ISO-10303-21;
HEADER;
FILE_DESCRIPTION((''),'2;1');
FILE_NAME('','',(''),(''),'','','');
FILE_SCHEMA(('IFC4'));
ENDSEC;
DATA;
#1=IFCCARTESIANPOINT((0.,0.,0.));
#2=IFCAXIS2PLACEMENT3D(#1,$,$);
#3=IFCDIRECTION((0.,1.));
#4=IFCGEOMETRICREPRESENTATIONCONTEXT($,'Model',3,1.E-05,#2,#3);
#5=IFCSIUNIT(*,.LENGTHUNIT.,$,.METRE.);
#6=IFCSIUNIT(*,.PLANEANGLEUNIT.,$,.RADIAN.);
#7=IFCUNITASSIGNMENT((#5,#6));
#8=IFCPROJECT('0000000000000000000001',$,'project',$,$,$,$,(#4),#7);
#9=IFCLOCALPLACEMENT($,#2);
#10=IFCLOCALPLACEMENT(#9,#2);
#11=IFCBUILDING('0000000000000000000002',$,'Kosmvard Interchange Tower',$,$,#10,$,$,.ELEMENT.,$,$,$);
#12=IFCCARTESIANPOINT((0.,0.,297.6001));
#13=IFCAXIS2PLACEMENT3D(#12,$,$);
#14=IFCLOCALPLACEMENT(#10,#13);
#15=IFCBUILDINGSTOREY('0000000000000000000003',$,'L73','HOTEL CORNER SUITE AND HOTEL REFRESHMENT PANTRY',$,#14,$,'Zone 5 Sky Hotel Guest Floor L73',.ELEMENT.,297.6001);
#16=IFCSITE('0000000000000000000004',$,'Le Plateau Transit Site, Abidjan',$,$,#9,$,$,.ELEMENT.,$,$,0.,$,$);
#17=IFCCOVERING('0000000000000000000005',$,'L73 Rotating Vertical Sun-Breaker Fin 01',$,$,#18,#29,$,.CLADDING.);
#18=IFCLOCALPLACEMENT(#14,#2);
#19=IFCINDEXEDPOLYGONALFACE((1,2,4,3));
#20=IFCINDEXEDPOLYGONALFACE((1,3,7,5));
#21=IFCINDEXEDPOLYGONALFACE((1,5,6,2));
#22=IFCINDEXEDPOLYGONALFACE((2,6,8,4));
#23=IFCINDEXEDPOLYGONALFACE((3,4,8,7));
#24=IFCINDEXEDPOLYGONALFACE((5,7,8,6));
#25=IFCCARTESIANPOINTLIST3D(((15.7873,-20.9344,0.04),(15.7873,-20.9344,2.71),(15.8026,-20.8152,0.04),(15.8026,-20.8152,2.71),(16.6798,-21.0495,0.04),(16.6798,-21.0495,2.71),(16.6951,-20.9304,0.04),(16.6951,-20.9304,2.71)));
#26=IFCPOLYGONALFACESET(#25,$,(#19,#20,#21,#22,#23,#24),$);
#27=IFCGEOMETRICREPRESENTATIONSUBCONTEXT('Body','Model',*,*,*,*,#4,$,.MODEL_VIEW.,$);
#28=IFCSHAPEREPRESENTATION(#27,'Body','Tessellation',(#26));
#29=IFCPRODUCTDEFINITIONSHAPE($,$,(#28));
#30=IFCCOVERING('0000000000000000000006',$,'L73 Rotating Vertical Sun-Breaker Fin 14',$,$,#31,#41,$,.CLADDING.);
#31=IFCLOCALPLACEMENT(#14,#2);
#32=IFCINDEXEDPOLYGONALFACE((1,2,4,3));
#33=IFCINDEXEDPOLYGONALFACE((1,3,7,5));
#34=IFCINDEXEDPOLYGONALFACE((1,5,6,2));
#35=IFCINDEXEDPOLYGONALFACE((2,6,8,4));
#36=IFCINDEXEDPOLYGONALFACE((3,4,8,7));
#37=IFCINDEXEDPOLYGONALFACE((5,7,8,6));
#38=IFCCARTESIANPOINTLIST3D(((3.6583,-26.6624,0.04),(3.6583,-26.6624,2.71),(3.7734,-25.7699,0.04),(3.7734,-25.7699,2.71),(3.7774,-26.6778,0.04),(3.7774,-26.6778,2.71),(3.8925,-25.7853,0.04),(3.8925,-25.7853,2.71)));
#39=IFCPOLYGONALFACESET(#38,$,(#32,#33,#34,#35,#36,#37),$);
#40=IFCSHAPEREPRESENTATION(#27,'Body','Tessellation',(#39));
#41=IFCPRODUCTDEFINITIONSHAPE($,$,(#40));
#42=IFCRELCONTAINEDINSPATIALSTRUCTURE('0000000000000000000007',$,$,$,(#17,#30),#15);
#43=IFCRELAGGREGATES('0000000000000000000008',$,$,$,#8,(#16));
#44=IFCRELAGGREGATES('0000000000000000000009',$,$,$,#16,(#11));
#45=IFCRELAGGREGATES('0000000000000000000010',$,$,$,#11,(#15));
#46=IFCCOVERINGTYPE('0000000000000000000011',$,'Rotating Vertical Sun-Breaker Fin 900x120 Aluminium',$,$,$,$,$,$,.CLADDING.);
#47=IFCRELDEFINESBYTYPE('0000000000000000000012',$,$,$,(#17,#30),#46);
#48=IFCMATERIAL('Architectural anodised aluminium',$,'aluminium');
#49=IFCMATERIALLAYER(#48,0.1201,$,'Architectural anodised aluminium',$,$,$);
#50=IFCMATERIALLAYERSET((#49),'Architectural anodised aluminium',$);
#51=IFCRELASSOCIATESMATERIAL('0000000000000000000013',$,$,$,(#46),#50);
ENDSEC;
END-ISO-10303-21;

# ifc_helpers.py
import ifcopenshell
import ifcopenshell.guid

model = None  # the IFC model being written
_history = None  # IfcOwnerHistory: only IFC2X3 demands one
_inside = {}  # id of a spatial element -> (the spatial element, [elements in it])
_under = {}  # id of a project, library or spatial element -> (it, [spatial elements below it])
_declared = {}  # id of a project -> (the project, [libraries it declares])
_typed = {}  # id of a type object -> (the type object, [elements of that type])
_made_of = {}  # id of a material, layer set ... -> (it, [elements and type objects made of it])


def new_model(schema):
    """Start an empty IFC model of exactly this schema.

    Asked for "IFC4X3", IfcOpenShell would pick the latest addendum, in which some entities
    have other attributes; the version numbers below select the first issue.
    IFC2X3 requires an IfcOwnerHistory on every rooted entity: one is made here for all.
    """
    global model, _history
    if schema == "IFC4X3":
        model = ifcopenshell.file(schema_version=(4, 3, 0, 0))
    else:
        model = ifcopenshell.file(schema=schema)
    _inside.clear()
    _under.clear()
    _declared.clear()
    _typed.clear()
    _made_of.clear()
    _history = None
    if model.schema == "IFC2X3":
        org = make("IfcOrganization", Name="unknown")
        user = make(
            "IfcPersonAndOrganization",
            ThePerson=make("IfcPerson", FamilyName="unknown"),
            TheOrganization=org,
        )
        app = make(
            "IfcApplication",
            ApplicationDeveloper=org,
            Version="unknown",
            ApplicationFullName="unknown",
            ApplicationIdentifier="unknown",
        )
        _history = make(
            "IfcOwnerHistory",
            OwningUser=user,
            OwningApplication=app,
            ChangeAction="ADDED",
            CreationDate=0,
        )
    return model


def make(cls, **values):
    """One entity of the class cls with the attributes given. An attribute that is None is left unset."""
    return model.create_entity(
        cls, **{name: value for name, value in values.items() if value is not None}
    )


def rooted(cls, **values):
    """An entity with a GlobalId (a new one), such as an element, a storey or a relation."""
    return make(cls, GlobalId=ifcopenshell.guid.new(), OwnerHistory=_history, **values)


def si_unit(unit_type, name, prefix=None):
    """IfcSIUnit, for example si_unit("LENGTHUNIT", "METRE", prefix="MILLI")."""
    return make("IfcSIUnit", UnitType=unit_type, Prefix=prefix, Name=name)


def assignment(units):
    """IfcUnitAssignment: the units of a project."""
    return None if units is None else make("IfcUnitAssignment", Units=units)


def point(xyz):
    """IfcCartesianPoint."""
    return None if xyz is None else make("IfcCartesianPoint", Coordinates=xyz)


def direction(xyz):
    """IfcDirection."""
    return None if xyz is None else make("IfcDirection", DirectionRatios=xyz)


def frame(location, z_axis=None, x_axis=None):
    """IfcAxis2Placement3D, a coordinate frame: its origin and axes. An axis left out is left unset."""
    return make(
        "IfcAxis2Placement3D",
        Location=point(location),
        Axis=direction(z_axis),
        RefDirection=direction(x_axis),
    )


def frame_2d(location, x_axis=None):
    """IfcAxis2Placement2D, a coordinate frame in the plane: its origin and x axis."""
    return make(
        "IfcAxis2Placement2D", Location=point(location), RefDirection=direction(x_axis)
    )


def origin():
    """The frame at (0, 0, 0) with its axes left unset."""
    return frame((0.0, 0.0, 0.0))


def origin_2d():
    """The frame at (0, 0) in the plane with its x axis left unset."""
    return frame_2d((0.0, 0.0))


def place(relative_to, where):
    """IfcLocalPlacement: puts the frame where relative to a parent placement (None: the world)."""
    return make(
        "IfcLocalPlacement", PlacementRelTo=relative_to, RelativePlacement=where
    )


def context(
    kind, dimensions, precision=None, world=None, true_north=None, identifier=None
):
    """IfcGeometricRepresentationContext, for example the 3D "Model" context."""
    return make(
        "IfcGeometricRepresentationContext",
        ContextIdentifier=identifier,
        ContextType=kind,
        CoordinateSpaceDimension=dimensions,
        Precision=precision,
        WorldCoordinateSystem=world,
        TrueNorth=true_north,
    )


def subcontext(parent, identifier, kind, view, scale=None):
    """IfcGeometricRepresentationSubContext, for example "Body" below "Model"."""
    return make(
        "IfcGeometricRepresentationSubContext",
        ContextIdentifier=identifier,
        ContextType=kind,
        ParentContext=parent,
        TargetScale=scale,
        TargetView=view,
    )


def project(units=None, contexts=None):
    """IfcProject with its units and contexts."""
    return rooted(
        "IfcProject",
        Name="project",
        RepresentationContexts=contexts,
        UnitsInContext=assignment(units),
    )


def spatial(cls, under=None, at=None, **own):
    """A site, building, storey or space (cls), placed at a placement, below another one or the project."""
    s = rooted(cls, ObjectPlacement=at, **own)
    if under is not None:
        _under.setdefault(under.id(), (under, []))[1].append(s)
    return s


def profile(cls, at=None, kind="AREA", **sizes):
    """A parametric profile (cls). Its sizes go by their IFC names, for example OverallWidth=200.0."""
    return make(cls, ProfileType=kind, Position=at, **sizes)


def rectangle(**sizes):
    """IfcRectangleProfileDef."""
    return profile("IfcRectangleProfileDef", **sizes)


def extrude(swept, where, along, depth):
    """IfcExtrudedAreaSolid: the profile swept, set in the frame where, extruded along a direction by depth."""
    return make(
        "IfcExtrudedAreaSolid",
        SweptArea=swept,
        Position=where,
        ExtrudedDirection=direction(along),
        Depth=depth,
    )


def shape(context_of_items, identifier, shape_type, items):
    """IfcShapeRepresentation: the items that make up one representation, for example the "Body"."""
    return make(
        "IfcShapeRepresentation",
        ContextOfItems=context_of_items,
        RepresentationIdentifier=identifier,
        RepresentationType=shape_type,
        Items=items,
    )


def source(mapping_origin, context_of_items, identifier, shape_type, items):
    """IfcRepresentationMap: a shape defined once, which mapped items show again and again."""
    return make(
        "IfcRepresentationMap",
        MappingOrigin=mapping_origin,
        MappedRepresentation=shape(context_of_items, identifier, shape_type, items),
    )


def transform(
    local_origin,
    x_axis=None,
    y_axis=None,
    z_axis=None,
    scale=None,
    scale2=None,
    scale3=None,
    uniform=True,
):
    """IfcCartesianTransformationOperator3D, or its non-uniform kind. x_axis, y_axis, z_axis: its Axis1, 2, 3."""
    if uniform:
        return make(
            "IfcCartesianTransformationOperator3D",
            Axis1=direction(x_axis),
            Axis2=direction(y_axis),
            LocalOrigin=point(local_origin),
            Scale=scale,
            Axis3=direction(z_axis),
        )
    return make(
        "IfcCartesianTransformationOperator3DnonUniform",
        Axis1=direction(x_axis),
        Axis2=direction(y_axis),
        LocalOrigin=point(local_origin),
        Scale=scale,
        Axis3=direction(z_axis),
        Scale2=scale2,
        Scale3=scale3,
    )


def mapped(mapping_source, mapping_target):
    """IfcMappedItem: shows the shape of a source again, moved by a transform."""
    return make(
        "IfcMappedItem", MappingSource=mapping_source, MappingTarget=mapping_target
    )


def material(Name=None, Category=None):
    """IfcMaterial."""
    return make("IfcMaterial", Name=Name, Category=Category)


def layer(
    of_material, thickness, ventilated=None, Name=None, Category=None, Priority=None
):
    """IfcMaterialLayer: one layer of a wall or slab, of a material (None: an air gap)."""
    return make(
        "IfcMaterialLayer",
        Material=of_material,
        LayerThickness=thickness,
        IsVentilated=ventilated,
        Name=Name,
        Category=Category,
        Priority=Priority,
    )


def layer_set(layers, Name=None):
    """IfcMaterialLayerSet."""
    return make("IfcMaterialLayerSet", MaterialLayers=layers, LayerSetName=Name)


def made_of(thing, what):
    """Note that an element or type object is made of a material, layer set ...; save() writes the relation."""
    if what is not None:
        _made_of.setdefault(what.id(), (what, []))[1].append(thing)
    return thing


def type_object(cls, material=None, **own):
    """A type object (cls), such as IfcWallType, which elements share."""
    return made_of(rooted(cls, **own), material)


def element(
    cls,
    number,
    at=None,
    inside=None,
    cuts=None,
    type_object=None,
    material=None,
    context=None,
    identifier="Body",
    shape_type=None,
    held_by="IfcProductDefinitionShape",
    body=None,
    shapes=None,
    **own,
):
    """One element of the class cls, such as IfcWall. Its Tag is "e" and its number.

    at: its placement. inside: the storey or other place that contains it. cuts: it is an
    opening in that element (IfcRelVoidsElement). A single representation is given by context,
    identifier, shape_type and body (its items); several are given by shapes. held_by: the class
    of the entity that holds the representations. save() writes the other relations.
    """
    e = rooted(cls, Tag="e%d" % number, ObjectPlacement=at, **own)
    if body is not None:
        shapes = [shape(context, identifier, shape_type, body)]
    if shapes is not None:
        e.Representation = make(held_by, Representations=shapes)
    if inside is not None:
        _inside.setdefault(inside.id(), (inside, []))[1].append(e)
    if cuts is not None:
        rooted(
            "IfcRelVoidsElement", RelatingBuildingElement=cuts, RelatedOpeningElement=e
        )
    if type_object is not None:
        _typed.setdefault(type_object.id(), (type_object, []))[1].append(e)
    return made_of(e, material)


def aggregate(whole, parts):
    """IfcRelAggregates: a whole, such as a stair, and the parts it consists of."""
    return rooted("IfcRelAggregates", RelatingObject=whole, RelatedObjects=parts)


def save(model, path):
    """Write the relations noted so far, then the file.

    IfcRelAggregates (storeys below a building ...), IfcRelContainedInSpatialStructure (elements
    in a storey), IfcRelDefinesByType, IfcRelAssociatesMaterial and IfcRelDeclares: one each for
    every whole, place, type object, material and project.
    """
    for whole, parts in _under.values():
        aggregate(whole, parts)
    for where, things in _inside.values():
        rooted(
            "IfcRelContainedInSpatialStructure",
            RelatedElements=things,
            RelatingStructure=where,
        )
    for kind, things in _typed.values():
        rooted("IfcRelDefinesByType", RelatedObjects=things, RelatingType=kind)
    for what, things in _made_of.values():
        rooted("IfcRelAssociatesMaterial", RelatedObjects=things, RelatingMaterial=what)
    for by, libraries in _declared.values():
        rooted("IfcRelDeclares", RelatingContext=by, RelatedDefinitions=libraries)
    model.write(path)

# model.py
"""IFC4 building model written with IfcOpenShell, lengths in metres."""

from ifc_helpers import new_model, si_unit, direction, frame, origin, origin_2d, place, context, subcontext, project, spatial, rectangle, extrude, source, transform, mapped, material, layer, layer_set, type_object, element, save


model = new_model("IFC4")

# Units and contexts
model_context = context("Model", 3, precision=1e-05, world=origin(), true_north=direction((0.0, 1.0)))
body_context = subcontext(model_context, "Body", "Model", "MODEL_VIEW")
ifc_project = project(units=[si_unit("LENGTHUNIT", "METRE"), si_unit("PLANEANGLEUNIT", "RADIAN")], contexts=[model_context])

# Site, building, storey
site_placement = place(None, origin())
site = spatial("IfcSite", under=ifc_project, at=site_placement, Name="Le Plateau Transit Site, Abidjan", CompositionType="ELEMENT", RefElevation=0.0)
building_placement = place(site_placement, origin())
building = spatial("IfcBuilding", under=site, at=building_placement, Name="Kosmvard Interchange Tower", CompositionType="ELEMENT")
storey_placement = place(building_placement, frame((0.0, 0.0, 297.6001)))
storey = spatial("IfcBuildingStorey", under=building, at=storey_placement, Name="L73", Description="HOTEL CORNER SUITE AND HOTEL REFRESHMENT PANTRY", LongName="Zone 5 Sky Hotel Guest Floor L73", CompositionType="ELEMENT", Elevation=297.6001)

# Coverings
ifc_material_1 = material(Name="Architectural anodised aluminium", Category="aluminium")
ifc_layer_1 = layer(ifc_material_1, 0.1201, Name="Architectural anodised aluminium")
ifc_layer_set_1 = layer_set([ifc_layer_1], Name="Architectural anodised aluminium")
covering_type = type_object("IfcCoveringType", Name="Rotating Vertical Sun-Breaker Fin 900x120 Aluminium", PredefinedType="CLADDING", material=ifc_layer_set_1)
shared_shape_1 = source(origin(), body_context, "Body", "SweptSolid", [
    extrude(rectangle(XDim=0.8999, YDim=0.1201, at=origin_2d()), origin(), (0.0, 0.0, 1.0), 2.6699),
])
for number, where, z_axis, x_axis, name in (
    (1, (16.2412, -20.9324, 0.04), (0.0, 0.0, 1.0), (0.991783, -0.12793, 0.0), "L73 Rotating Vertical Sun-Breaker Fin 01"),
    (2, (3.7754, -26.2239, 0.04), (0.0, 0.0, 1.0), (-0.12793, -0.991783, 0.0), "L73 Rotating Vertical Sun-Breaker Fin 14"),
):
    element("IfcCovering", number, at=place(storey_placement, frame(where, z_axis=z_axis, x_axis=x_axis)), inside=storey, type_object=covering_type, Name=name, PredefinedType="CLADDING", context=body_context, shape_type="MappedRepresentation", body=[
        mapped(shared_shape_1, transform((0.0, 0.0, 0.0), scale=1.0)),
    ])

save(model, "model.ifc")
